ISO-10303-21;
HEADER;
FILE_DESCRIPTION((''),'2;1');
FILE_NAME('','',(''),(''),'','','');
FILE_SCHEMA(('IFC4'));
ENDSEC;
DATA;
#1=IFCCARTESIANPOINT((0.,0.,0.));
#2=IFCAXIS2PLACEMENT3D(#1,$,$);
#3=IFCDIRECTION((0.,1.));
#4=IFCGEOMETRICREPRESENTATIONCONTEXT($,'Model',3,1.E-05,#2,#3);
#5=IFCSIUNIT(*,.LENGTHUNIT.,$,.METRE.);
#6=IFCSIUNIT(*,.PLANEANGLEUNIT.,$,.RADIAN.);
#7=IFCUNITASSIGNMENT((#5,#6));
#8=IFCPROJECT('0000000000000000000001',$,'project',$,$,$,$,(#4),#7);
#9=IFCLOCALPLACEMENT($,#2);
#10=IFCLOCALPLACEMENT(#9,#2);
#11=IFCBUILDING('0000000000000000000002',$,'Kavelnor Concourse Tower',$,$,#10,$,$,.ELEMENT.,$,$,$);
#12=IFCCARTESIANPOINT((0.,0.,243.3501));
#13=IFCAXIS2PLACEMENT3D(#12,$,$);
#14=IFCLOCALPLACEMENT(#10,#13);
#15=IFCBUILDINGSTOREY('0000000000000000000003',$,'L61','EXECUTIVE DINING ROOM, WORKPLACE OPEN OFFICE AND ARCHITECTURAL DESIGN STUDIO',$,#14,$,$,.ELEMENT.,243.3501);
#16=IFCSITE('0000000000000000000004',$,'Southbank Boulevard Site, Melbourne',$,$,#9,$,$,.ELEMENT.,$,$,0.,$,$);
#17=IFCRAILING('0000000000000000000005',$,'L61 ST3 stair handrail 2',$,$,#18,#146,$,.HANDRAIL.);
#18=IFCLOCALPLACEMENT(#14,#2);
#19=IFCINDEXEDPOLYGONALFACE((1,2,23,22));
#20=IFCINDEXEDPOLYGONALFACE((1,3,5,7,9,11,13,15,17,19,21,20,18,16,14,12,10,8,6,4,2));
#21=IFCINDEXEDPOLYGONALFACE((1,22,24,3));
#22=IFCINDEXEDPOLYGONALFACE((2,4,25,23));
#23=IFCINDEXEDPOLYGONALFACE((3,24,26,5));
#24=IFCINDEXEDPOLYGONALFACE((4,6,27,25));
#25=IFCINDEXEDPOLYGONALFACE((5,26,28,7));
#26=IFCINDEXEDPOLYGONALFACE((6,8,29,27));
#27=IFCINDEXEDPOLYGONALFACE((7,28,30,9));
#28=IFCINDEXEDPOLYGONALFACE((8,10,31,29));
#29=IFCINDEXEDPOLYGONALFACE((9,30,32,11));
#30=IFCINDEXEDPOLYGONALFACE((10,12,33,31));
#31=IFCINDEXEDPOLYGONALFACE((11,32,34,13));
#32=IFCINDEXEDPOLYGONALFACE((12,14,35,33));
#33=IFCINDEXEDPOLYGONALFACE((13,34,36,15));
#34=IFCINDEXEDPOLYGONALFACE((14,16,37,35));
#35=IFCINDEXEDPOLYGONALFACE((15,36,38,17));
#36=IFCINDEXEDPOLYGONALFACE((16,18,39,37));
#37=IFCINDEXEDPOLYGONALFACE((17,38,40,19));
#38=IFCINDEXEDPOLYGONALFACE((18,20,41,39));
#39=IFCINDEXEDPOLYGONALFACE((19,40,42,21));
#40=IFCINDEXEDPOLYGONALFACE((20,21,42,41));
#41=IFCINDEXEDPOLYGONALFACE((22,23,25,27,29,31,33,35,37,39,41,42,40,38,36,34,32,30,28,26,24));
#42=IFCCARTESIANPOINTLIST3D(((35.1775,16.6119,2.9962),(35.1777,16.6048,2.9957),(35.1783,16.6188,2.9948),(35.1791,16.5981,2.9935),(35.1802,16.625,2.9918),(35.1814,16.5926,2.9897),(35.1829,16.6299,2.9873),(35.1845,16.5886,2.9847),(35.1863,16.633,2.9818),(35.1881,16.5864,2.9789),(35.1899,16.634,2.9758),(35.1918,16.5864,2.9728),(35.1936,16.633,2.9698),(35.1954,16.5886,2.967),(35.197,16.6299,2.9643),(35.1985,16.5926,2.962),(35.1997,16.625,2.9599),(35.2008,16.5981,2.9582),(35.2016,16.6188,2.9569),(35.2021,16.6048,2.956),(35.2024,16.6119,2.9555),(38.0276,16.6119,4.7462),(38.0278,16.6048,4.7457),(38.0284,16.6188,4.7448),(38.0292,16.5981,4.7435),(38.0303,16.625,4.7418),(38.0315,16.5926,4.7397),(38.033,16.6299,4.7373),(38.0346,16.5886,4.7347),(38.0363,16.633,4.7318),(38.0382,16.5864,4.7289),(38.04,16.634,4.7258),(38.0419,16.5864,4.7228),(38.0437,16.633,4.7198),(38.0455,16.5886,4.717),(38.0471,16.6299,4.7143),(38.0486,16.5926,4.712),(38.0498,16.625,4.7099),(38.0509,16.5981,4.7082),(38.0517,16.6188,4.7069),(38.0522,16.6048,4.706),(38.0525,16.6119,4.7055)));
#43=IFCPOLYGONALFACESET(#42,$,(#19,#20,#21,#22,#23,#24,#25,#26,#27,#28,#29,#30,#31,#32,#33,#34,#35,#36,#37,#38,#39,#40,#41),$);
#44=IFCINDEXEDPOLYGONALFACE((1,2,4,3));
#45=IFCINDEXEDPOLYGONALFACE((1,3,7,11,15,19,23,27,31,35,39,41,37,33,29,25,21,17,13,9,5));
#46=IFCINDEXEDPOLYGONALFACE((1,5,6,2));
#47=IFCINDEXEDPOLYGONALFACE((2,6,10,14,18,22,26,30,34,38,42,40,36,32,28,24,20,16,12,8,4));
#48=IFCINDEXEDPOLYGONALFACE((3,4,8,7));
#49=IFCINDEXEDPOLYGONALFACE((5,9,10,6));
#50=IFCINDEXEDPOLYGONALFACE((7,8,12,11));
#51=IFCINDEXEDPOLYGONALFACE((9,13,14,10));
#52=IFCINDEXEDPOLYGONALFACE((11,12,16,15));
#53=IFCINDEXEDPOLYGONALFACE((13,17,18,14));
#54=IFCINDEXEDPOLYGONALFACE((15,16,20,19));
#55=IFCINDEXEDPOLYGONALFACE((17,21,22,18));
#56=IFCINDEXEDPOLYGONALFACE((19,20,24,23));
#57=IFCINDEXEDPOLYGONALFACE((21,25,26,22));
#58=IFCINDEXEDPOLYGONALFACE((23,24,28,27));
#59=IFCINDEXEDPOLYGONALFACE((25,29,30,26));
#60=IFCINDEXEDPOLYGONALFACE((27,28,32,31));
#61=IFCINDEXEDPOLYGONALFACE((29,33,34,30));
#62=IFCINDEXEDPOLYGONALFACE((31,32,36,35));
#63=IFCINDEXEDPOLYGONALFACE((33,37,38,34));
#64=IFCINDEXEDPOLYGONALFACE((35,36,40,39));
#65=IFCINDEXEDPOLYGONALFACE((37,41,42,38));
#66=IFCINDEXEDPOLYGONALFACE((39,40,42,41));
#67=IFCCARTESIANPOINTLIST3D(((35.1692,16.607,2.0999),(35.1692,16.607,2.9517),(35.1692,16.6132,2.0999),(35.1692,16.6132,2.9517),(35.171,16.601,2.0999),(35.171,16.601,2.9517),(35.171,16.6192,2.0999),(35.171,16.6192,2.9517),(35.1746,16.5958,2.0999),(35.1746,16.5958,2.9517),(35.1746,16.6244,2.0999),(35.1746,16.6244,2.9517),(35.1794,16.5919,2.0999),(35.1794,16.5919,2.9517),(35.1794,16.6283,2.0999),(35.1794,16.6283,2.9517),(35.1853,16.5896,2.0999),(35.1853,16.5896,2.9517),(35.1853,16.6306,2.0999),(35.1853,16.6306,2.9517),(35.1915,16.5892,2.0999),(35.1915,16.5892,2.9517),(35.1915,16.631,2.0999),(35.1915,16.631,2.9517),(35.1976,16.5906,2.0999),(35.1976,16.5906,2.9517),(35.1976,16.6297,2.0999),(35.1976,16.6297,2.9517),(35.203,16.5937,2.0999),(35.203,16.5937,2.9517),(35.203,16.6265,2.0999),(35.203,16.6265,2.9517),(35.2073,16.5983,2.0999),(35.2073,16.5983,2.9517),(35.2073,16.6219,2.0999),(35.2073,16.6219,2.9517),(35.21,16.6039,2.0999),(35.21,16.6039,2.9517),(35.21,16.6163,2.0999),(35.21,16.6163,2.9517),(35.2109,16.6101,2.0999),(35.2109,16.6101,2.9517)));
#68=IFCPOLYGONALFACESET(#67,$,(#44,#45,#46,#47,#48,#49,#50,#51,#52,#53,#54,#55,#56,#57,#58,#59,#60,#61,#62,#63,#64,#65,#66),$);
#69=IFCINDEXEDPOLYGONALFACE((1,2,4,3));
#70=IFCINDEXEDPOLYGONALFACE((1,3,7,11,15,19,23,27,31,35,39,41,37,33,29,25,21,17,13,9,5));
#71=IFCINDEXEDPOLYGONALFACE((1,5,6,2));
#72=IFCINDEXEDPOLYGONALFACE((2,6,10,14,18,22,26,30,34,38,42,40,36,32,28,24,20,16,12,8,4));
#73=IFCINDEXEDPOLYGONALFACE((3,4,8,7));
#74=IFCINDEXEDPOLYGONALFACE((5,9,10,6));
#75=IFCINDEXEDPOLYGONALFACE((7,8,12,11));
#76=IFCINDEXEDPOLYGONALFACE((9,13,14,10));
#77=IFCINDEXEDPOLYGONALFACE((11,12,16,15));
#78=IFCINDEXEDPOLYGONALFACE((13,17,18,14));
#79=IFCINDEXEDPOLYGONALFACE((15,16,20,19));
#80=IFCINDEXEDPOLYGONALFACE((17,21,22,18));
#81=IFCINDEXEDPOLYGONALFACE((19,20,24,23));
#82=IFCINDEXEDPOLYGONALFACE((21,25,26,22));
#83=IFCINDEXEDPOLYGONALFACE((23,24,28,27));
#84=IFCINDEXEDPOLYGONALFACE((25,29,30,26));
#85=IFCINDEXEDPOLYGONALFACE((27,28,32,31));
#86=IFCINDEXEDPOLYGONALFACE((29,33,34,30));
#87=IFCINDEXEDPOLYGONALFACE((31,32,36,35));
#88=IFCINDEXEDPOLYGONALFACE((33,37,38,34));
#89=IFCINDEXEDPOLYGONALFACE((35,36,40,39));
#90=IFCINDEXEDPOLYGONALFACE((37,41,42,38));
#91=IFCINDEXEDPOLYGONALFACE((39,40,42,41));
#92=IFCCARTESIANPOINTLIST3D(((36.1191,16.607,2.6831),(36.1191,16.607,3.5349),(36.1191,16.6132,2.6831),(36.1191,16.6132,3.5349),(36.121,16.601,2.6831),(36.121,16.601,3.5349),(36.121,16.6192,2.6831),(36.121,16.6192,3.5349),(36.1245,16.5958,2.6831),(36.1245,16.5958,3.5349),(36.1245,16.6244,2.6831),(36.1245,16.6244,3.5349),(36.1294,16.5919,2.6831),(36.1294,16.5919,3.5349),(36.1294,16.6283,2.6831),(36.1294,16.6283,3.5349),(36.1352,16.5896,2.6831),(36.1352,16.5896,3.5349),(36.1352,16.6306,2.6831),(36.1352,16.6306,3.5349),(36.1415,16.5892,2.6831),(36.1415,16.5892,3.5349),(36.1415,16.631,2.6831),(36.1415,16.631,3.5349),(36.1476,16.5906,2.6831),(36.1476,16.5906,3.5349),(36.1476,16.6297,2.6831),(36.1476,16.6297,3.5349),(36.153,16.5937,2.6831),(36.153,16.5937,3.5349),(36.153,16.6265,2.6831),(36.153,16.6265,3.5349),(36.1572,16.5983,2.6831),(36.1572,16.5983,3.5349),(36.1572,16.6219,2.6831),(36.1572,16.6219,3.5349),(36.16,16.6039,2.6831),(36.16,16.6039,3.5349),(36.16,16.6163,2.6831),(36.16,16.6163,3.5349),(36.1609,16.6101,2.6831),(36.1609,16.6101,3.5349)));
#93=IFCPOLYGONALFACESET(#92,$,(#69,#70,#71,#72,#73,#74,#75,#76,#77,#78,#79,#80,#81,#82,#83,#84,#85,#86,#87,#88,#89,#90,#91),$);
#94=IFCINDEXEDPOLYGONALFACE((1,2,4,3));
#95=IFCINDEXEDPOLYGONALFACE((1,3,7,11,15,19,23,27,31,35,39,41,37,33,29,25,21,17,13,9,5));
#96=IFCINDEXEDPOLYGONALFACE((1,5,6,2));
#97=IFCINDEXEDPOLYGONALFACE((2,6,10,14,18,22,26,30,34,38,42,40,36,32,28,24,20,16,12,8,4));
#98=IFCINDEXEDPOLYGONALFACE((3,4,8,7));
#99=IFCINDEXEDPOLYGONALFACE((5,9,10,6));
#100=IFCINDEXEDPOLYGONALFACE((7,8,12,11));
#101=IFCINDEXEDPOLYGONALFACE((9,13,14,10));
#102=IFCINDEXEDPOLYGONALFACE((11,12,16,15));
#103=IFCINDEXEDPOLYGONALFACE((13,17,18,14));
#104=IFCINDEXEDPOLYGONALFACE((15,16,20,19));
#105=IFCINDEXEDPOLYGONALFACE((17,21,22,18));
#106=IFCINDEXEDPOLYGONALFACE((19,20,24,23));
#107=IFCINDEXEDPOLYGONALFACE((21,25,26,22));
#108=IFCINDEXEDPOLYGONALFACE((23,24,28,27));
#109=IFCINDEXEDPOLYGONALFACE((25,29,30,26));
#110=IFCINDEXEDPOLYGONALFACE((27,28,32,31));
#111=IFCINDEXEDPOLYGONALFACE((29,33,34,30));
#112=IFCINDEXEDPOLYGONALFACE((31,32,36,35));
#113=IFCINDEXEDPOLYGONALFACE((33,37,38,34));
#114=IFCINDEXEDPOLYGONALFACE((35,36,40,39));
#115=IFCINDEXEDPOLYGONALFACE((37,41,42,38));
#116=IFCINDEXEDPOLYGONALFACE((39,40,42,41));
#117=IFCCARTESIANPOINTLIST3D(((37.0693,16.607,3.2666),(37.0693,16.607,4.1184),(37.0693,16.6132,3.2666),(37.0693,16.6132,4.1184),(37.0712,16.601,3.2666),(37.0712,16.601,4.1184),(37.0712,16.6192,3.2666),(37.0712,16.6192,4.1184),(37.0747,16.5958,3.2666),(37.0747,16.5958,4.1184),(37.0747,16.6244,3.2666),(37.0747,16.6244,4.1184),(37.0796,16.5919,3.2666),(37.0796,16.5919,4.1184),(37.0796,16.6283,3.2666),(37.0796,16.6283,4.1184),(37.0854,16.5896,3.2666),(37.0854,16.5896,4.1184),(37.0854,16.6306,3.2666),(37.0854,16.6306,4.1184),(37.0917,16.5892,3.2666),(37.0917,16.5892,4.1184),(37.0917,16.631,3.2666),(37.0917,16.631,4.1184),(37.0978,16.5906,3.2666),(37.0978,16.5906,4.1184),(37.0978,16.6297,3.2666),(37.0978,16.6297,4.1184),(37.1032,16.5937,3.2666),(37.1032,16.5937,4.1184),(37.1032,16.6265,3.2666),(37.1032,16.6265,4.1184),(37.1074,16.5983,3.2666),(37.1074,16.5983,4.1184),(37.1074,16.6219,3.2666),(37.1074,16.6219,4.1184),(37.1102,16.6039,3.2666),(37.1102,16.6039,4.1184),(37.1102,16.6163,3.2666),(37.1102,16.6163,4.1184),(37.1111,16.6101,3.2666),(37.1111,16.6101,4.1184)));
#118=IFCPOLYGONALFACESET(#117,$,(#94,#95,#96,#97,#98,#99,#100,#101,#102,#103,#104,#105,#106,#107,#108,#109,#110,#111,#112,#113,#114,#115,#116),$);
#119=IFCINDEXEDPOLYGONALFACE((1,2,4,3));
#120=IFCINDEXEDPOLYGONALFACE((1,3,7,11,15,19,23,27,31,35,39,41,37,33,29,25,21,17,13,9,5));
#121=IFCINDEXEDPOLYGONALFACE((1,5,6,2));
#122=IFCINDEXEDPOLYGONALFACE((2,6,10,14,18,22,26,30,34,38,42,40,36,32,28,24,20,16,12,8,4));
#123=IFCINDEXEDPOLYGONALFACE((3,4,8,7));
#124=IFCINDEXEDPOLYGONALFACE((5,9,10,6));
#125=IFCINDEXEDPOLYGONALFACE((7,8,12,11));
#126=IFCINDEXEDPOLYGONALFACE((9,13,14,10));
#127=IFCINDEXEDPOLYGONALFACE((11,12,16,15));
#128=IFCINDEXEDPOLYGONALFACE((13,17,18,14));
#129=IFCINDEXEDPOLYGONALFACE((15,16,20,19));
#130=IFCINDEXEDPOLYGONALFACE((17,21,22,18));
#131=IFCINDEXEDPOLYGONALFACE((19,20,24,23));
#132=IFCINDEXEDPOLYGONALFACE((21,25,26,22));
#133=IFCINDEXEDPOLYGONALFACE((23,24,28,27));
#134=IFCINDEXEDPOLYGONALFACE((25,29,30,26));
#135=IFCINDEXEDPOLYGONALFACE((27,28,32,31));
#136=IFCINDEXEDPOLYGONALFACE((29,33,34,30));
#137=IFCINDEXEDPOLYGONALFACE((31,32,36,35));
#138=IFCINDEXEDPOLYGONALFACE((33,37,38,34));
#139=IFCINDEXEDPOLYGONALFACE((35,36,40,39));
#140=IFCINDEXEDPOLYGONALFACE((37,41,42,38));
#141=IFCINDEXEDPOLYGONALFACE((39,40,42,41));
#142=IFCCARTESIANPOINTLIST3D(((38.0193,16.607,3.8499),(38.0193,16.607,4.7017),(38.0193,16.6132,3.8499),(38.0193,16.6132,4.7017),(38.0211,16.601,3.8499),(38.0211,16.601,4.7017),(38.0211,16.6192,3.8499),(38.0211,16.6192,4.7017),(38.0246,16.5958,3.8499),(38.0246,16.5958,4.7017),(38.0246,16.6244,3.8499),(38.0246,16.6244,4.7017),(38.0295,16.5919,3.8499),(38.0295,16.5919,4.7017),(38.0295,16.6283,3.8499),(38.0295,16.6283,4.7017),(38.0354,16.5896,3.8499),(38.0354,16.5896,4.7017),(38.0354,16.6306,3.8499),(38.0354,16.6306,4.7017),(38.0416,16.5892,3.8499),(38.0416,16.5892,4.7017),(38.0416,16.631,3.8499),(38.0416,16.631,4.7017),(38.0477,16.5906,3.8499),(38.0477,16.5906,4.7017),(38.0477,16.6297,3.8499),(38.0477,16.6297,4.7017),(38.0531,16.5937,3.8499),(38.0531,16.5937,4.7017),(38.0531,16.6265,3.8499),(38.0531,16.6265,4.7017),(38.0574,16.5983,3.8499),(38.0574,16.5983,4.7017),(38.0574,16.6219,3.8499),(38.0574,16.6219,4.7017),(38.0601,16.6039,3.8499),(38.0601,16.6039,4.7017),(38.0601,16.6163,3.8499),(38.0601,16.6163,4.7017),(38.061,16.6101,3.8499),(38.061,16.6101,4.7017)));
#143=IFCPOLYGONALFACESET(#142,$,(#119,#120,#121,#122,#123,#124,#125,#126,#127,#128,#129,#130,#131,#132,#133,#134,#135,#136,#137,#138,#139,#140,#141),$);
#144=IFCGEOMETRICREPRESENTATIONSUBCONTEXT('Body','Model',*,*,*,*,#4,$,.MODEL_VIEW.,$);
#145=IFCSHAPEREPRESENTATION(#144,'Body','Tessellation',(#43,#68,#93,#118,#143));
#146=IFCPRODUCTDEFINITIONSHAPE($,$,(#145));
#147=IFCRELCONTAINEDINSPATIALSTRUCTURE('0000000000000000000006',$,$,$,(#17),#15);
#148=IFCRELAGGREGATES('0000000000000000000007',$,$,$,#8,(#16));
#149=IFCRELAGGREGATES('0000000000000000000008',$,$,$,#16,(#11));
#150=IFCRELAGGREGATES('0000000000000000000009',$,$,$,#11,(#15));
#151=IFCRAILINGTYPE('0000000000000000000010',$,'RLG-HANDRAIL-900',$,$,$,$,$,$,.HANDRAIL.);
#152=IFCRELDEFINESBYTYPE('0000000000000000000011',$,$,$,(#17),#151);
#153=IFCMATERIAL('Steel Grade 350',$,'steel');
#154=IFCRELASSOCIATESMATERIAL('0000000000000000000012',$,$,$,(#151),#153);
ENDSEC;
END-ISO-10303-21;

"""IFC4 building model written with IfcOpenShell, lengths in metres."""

from ifc_helpers import new_model, si_unit, direction, frame, origin, origin_2d, place, context, subcontext, project, spatial, circle, extrude, material, type_object, element, save


model = new_model("IFC4")

# Units and contexts
model_context = context("Model", 3, precision=1e-05, world=origin(), true_north=direction((0.0, 1.0)))
body_context = subcontext(model_context, "Body", "Model", "MODEL_VIEW")
ifc_project = project(units=[si_unit("LENGTHUNIT", "METRE"), si_unit("PLANEANGLEUNIT", "RADIAN")], contexts=[model_context])

# Site, building, storey
site_placement = place(None, origin())
site = spatial("IfcSite", under=ifc_project, at=site_placement, Name="Southbank Boulevard Site, Melbourne", CompositionType="ELEMENT", RefElevation=0.0)
building_placement = place(site_placement, origin())
building = spatial("IfcBuilding", under=site, at=building_placement, Name="Kavelnor Concourse Tower", CompositionType="ELEMENT")
storey_placement = place(building_placement, frame((0.0, 0.0, 243.3501)))
storey = spatial("IfcBuildingStorey", under=building, at=storey_placement, Name="L61", Description="EXECUTIVE DINING ROOM, WORKPLACE OPEN OFFICE AND ARCHITECTURAL DESIGN STUDIO", CompositionType="ELEMENT", Elevation=243.3501)

# Shared definitions
ifc_material_1 = material(Name="Steel Grade 350", Category="steel")

# Railing
railing_type_1 = type_object("IfcRailingType", Name="RLG-HANDRAIL-900", PredefinedType="HANDRAIL", material=ifc_material_1)
railing_1_placement = place(storey_placement, frame((35.1899, 16.6101, 2.0999)))
element("IfcRailing", 1, at=railing_1_placement, inside=storey, type_object=railing_type_1, Name="L61 ST3 stair handrail 2", PredefinedType="HANDRAIL", context=body_context, shape_type="SweptSolid", body=[
    extrude(circle(Radius=0.0239, at=origin_2d()), frame((0.0, 0.0, 0.876), z_axis=(0.852179, 0.0, 0.52325), x_axis=(0.0, 1.0, 0.0)), (0.0, 0.0, 1.0), 3.3445),
    extrude(circle(Radius=0.021, at=origin_2d()), origin(), (0.0, 0.0, 1.0), 0.8518),
    extrude(circle(Radius=0.021, at=origin_2d()), frame((0.95, 0.0, 0.5833)), (0.0, 0.0, 1.0), 0.8518),
    extrude(circle(Radius=0.021, at=origin_2d()), frame((1.9001, 0.0, 1.1667)), (0.0, 0.0, 1.0), 0.8518),
    extrude(circle(Radius=0.021, at=origin_2d()), frame((2.8501, 0.0, 1.75)), (0.0, 0.0, 1.0), 0.8518),
])

save(model, "model.ifc")
